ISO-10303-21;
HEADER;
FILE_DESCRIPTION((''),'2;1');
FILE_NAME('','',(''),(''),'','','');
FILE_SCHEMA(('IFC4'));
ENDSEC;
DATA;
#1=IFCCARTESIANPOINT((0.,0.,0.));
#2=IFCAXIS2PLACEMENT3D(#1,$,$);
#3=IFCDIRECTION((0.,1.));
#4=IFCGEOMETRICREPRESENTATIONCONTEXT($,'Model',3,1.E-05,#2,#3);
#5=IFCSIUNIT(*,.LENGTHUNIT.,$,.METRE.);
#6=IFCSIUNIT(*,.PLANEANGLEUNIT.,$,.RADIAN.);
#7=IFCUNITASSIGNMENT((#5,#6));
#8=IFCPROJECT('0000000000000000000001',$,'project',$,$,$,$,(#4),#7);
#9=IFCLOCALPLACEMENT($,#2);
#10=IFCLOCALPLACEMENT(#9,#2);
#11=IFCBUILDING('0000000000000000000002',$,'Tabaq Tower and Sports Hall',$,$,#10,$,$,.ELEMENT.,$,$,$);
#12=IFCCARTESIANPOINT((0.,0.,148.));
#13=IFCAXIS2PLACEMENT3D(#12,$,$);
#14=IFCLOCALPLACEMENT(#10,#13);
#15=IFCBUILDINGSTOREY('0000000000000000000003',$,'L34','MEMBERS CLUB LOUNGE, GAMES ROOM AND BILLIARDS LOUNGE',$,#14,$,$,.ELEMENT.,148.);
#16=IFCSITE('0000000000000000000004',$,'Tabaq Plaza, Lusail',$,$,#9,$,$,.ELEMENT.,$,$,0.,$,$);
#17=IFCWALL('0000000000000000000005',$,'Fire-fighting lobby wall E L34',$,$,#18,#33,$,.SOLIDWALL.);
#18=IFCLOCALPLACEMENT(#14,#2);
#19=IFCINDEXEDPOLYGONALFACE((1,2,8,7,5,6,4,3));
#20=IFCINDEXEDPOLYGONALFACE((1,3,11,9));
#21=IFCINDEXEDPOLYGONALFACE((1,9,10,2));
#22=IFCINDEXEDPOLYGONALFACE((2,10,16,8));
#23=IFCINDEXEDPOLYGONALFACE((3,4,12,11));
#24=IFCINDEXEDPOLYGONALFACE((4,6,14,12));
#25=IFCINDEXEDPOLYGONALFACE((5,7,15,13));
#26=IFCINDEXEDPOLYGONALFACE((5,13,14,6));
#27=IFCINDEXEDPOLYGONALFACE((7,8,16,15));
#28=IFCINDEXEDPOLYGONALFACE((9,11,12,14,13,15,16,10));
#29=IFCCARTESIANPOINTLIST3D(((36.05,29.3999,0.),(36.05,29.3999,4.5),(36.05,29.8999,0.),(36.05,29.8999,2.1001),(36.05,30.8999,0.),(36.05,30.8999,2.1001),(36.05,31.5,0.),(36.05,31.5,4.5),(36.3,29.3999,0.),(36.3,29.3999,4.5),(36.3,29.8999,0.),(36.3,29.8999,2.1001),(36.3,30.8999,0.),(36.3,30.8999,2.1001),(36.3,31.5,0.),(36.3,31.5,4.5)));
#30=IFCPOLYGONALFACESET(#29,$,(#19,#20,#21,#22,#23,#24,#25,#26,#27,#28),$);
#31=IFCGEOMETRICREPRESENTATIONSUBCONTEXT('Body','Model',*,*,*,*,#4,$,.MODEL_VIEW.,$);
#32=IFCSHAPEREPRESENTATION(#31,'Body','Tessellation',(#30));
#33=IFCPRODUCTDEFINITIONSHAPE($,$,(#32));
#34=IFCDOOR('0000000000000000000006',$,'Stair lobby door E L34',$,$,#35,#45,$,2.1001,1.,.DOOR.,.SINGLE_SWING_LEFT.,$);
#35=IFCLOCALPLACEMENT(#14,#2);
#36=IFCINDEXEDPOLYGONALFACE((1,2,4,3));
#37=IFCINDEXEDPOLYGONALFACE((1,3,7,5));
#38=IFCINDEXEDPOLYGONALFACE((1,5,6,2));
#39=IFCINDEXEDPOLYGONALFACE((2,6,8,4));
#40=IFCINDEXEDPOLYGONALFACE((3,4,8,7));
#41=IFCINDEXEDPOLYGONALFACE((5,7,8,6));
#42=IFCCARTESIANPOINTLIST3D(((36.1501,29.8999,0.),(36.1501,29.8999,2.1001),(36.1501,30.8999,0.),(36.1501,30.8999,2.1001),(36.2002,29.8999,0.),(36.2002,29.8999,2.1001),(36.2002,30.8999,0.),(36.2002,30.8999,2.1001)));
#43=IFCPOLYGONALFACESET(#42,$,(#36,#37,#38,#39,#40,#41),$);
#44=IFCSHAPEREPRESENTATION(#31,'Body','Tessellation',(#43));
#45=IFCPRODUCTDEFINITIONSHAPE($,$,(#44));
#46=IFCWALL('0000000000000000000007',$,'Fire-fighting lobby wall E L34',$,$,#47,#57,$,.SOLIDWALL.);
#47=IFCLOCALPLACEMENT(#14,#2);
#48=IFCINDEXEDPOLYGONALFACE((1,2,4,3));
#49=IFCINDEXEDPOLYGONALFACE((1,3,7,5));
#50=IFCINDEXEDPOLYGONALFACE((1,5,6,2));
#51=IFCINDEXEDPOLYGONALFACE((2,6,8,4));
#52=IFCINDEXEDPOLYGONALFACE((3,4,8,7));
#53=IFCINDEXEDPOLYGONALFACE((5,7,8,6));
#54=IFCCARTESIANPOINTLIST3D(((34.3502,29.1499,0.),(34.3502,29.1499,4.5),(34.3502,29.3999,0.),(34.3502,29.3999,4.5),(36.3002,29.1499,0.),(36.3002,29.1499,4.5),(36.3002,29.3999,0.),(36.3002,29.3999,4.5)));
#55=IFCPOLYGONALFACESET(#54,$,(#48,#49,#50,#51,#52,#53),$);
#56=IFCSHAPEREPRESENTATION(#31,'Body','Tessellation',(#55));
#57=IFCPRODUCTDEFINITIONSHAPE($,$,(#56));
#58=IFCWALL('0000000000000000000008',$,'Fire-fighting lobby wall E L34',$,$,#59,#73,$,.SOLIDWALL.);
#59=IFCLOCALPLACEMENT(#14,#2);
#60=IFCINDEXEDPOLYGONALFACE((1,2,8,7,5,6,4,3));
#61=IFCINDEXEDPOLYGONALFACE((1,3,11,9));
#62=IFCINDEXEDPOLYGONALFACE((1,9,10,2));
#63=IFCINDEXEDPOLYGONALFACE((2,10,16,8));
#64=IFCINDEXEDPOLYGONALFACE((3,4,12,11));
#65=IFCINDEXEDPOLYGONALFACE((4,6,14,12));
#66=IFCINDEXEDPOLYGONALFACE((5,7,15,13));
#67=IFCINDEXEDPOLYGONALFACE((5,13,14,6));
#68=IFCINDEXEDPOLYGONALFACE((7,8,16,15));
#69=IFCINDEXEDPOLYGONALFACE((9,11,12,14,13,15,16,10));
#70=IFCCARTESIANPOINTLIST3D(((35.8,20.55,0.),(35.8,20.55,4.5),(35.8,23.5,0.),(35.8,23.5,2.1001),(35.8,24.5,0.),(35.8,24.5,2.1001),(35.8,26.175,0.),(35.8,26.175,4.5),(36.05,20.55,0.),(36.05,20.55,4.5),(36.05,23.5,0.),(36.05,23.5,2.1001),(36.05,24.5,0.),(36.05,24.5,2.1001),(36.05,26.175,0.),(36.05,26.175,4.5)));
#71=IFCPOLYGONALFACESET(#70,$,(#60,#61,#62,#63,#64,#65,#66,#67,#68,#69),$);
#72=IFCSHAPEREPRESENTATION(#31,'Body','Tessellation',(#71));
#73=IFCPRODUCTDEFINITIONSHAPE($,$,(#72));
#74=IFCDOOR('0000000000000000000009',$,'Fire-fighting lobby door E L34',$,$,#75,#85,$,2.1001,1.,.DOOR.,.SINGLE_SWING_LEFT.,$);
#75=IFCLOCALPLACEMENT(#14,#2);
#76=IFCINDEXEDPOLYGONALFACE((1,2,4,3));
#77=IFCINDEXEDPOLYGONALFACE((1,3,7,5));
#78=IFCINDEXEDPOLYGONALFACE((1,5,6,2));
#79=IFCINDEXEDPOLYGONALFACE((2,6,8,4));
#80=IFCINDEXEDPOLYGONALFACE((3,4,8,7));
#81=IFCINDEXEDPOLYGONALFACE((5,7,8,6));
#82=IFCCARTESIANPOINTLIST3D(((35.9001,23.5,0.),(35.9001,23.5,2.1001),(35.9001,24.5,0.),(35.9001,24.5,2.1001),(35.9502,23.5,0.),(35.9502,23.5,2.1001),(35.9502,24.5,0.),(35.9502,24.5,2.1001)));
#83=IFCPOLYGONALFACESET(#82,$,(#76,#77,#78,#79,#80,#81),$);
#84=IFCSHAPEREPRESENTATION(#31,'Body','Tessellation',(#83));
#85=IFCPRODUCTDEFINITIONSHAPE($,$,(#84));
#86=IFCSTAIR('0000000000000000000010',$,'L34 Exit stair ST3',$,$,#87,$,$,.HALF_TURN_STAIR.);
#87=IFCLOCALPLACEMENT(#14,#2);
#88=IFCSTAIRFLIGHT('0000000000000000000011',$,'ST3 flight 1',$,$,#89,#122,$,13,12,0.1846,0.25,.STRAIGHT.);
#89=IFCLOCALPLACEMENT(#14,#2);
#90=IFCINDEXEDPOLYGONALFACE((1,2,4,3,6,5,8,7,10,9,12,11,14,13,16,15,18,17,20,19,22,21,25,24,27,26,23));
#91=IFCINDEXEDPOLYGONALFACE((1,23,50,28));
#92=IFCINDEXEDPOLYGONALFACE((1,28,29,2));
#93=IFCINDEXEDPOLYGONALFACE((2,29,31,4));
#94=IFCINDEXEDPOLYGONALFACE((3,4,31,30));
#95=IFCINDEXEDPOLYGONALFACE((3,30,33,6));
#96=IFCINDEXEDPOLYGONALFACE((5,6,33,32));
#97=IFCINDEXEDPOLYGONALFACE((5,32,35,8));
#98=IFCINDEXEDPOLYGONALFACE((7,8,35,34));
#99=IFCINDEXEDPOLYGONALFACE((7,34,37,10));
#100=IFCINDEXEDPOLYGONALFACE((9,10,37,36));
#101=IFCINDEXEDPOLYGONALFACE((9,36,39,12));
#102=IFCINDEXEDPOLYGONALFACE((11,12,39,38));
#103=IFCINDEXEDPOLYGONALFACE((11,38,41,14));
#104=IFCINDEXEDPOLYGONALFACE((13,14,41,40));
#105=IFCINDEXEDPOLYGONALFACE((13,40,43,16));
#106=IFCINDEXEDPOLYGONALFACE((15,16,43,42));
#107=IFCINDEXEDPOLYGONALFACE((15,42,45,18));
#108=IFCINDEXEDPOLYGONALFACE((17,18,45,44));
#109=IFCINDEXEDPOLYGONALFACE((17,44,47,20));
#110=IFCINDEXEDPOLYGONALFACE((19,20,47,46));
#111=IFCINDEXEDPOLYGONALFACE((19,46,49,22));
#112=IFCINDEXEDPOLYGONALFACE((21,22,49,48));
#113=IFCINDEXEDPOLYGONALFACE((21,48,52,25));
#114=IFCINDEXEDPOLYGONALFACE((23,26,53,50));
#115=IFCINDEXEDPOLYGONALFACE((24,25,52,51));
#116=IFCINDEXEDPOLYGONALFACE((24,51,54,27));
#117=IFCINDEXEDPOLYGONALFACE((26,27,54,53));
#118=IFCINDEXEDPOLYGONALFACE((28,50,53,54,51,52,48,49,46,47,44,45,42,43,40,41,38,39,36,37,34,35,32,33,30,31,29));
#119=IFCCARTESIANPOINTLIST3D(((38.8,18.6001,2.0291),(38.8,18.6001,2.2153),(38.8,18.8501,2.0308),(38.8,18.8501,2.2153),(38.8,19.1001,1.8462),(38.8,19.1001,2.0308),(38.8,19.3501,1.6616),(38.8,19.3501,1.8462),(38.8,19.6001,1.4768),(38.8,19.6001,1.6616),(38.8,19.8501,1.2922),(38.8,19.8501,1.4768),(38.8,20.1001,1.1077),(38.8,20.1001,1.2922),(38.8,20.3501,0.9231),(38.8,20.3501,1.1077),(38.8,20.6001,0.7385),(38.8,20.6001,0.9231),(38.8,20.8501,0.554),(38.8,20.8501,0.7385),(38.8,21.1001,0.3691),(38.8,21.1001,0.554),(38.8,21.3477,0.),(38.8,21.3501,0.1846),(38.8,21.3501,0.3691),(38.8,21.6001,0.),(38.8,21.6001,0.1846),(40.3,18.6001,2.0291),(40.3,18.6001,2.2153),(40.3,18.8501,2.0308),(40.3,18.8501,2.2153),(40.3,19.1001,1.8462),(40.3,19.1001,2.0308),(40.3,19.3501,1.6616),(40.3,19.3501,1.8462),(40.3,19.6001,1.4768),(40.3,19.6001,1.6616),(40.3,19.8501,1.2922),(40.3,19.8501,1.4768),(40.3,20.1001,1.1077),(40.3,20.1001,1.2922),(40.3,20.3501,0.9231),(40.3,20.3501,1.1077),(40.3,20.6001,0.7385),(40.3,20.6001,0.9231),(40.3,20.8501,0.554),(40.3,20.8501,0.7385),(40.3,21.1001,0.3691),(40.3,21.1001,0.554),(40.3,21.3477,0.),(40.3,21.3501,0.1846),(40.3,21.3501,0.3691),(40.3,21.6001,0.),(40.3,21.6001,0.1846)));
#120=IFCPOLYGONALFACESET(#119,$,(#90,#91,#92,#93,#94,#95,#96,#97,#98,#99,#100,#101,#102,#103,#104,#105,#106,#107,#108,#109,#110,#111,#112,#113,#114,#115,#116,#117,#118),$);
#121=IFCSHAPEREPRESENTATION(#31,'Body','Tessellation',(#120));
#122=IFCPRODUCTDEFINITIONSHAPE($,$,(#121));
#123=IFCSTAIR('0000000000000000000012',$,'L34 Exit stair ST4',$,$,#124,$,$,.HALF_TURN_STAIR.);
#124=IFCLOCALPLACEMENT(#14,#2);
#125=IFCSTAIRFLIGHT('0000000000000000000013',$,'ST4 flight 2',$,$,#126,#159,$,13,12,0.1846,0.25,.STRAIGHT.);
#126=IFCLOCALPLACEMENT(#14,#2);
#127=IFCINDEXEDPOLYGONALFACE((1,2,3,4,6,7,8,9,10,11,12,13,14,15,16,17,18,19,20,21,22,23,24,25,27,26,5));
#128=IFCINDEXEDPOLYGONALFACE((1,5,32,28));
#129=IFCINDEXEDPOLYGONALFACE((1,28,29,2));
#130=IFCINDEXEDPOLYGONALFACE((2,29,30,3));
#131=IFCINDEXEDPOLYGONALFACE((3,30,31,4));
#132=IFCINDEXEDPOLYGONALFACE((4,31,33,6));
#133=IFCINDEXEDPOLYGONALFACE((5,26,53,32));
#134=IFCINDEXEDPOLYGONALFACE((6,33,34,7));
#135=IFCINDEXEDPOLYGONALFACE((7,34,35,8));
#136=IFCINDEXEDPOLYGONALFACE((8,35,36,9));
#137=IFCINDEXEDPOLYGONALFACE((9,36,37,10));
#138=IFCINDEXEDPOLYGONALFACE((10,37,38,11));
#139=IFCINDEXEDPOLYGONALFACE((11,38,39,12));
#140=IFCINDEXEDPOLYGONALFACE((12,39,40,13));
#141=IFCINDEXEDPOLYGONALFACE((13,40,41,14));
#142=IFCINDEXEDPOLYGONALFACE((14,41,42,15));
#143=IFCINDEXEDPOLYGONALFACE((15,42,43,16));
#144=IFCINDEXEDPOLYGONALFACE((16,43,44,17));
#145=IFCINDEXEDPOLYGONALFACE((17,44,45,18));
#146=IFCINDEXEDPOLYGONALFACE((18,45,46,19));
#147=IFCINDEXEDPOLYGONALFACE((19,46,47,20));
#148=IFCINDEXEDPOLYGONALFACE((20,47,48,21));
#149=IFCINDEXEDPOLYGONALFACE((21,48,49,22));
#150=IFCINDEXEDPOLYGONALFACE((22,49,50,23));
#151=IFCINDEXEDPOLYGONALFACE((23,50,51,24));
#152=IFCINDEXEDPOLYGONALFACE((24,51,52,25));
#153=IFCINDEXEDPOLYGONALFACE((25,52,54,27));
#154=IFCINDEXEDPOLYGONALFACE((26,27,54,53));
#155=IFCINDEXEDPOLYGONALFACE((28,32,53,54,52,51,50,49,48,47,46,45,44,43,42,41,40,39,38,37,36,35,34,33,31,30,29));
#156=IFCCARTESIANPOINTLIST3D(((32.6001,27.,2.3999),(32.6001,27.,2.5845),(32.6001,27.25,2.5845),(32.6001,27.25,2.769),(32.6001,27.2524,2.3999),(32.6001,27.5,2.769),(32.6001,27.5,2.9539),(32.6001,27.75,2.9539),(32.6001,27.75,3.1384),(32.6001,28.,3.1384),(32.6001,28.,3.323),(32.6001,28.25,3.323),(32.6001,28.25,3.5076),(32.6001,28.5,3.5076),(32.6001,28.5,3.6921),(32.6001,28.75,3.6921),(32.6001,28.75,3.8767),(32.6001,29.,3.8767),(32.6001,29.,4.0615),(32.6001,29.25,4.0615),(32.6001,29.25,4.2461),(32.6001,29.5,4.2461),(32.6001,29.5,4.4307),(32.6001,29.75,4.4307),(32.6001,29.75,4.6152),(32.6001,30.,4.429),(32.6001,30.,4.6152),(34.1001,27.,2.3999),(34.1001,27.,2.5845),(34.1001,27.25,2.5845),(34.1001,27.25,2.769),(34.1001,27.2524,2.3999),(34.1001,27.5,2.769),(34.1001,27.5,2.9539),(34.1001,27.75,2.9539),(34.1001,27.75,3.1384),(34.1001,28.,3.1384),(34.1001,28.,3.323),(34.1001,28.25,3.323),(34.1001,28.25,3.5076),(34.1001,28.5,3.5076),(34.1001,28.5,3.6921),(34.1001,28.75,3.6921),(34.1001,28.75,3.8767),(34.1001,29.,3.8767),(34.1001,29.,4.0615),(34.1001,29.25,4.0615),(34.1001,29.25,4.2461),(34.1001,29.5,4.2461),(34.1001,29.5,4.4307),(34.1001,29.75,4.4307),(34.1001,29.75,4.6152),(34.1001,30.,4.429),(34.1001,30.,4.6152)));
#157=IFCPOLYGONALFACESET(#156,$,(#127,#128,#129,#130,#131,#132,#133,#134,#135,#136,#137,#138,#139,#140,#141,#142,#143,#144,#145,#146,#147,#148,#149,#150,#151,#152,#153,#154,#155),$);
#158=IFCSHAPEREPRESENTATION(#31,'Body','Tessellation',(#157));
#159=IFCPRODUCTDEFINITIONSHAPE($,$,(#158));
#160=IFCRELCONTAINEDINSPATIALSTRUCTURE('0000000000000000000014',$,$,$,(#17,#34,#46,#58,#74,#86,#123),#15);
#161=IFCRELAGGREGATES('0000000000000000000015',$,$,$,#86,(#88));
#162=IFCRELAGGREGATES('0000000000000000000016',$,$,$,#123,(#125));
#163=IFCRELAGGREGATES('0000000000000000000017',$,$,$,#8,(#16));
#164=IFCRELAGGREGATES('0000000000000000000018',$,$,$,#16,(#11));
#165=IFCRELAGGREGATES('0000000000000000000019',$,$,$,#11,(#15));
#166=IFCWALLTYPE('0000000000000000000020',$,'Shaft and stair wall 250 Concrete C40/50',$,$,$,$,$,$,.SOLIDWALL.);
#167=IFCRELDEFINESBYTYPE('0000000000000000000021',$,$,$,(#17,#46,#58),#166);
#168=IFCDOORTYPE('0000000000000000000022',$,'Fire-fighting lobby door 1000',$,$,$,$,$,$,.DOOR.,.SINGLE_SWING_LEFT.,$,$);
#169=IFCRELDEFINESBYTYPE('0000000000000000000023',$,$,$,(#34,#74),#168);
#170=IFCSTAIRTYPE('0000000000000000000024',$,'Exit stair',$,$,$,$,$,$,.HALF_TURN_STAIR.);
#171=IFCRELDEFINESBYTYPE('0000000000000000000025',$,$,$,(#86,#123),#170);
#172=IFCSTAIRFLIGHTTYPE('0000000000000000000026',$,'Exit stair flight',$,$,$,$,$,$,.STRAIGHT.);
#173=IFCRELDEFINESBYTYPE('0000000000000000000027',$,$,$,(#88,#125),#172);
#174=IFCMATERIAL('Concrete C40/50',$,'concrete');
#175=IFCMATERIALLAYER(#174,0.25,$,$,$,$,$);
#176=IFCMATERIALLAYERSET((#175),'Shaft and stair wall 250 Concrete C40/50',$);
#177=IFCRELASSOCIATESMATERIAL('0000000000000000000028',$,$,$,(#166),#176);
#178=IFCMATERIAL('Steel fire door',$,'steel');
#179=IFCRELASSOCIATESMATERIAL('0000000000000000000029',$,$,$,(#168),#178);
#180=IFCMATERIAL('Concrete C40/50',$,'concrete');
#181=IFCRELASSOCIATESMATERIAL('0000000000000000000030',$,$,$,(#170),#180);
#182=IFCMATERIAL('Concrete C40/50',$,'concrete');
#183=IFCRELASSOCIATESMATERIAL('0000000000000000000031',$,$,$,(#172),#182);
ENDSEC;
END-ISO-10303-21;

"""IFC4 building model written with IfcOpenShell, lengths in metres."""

from ifc_helpers import new_model, si_unit, direction, frame, frame_2d, origin, place, context, subcontext, project, spatial, polyline, rectangle, outline, extrude, material, layer, layer_set, type_object, element, fill, aggregate, save


model = new_model("IFC4")

# Units and contexts
model_context = context("Model", 3, precision=1e-05, world=origin(), true_north=direction((0.0, 1.0)))
body_context = subcontext(model_context, "Body", "Model", "MODEL_VIEW")
ifc_project = project(units=[si_unit("LENGTHUNIT", "METRE"), si_unit("PLANEANGLEUNIT", "RADIAN")], contexts=[model_context])

# Site, building, storey
site_placement = place(None, origin())
site = spatial("IfcSite", under=ifc_project, at=site_placement, Name="Tabaq Plaza, Lusail", CompositionType="ELEMENT", RefElevation=0.0)
building_placement = place(site_placement, origin())
building = spatial("IfcBuilding", under=site, at=building_placement, Name="Tabaq Tower and Sports Hall", CompositionType="ELEMENT")
storey_placement = place(building_placement, frame((0.0, 0.0, 148.0)))
storey = spatial("IfcBuildingStorey", under=building, at=storey_placement, Name="L34", Description="MEMBERS CLUB LOUNGE, GAMES ROOM AND BILLIARDS LOUNGE", CompositionType="ELEMENT", Elevation=148.0)

# Shared definitions
ifc_material_1 = material(Name="Concrete C40/50", Category="concrete")
ifc_layer_1 = layer(ifc_material_1, 0.25)
ifc_layer_set_1 = layer_set([ifc_layer_1], Name="Shaft and stair wall 250 Concrete C40/50")
wall_type_1 = type_object("IfcWallType", Name="Shaft and stair wall 250 Concrete C40/50", PredefinedType="SOLIDWALL", material=ifc_layer_set_1)

# Wall, opening, door
wall_1_placement = place(storey_placement, frame((36.175, 29.3999, 0.0), z_axis=(0.0, 0.0, 1.0), x_axis=(0.0, 1.0, 0.0)))
wall_1 = element("IfcWall", 1, at=wall_1_placement, inside=storey, type_object=wall_type_1, Name="Fire-fighting lobby wall E L34", PredefinedType="SOLIDWALL", context=body_context, shape_type="SweptSolid", body=[
    extrude(rectangle(XDim=2.1001, YDim=0.25, at=frame_2d((1.05, 0.0))), origin(), (0.0, 0.0, 1.0), 4.5),
])
opening_1_placement = place(wall_1_placement, frame((0.5, 0.0, 0.0)))
opening_1 = element("IfcOpeningElement", 2, at=opening_1_placement, cuts=wall_1, PredefinedType="OPENING", context=body_context, shape_type="SweptSolid", body=[
    extrude(rectangle(XDim=1.0, YDim=2.1001, at=frame_2d((0.5, 1.05))), frame((0.0, 0.125, 0.0), z_axis=(0.0, -1.0, 0.0), x_axis=(1.0, 0.0, 0.0)), (0.0, 0.0, 1.0), 0.25),
])
ifc_material_2 = material(Name="Steel fire door", Category="steel")
door_type_1 = type_object("IfcDoorType", Name="Fire-fighting lobby door 1000", OperationType="SINGLE_SWING_LEFT", PredefinedType="DOOR", material=ifc_material_2)
door_1_placement = place(opening_1_placement, origin())
door_1 = element("IfcDoor", 3, at=door_1_placement, inside=storey, type_object=door_type_1, Name="Stair lobby door E L34", OperationType="SINGLE_SWING_LEFT", OverallHeight=2.1001, OverallWidth=1.0, PredefinedType="DOOR", context=body_context, shape_type="SweptSolid", body=[
    extrude(rectangle(XDim=1.0, YDim=2.1001, at=frame_2d((0.5, 1.05))), frame((0.0, 0.0249, 0.0), z_axis=(0.0, -1.0, 0.0), x_axis=(1.0, 0.0, 0.0)), (0.0, 0.0, 1.0), 0.05),
])
fill(opening_1, door_1)

# Wall
wall_2_placement = place(storey_placement, frame((34.3501, 29.2749, 0.0), z_axis=(0.0, 0.0, 1.0), x_axis=(1.0, 0.0, 0.0)))
element("IfcWall", 4, at=wall_2_placement, inside=storey, type_object=wall_type_1, Name="Fire-fighting lobby wall E L34", PredefinedType="SOLIDWALL", context=body_context, shape_type="SweptSolid", body=[
    extrude(rectangle(XDim=1.95, YDim=0.25, at=frame_2d((0.9751, 0.0))), origin(), (0.0, 0.0, 1.0), 4.5),
])

# Wall, opening, door
wall_3_placement = place(storey_placement, frame((35.925, 20.55, 0.0), z_axis=(0.0, 0.0, 1.0), x_axis=(0.0, 1.0, 0.0)))
wall_3 = element("IfcWall", 5, at=wall_3_placement, inside=storey, type_object=wall_type_1, Name="Fire-fighting lobby wall E L34", PredefinedType="SOLIDWALL", context=body_context, shape_type="SweptSolid", body=[
    extrude(rectangle(XDim=5.625, YDim=0.25, at=frame_2d((2.8125, 0.0))), origin(), (0.0, 0.0, 1.0), 4.5),
])
opening_2_placement = place(wall_3_placement, frame((2.95, 0.0, 0.0)))
opening_2 = element("IfcOpeningElement", 6, at=opening_2_placement, cuts=wall_3, PredefinedType="OPENING", context=body_context, shape_type="SweptSolid", body=[
    extrude(rectangle(XDim=1.0, YDim=2.1001, at=frame_2d((0.5, 1.05))), frame((0.0, 0.125, 0.0), z_axis=(0.0, -1.0, 0.0), x_axis=(1.0, 0.0, 0.0)), (0.0, 0.0, 1.0), 0.25),
])
door_2_placement = place(opening_2_placement, origin())
door_2 = element("IfcDoor", 7, at=door_2_placement, inside=storey, type_object=door_type_1, Name="Fire-fighting lobby door E L34", OperationType="SINGLE_SWING_LEFT", OverallHeight=2.1001, OverallWidth=1.0, PredefinedType="DOOR", context=body_context, shape_type="SweptSolid", body=[
    extrude(rectangle(XDim=1.0, YDim=2.1001, at=frame_2d((0.5, 1.05))), frame((0.0, 0.0249, 0.0), z_axis=(0.0, -1.0, 0.0), x_axis=(1.0, 0.0, 0.0)), (0.0, 0.0, 1.0), 0.05),
])
fill(opening_2, door_2)

# Stairs, stair flights
ifc_material_3 = material(Name="Concrete C40/50", Category="concrete")
stair_type = type_object("IfcStairType", Name="Exit stair", PredefinedType="HALF_TURN_STAIR", material=ifc_material_3)
stair_1_placement = place(storey_placement, origin())
stair_1 = element("IfcStair", 8, at=stair_1_placement, inside=storey, type_object=stair_type, Name="L34 Exit stair ST3", PredefinedType="HALF_TURN_STAIR")
ifc_material_4 = material(Name="Concrete C40/50", Category="concrete")
stair_flight_type = type_object("IfcStairFlightType", Name="Exit stair flight", PredefinedType="STRAIGHT", material=ifc_material_4)
stair_flight_1_placement = place(storey_placement, frame((39.55, 21.6001, 0.0), z_axis=(0.0, 0.0, 1.0), x_axis=(0.0, -1.0, 0.0)))
stair_flight_1 = element("IfcStairFlight", 9, at=stair_flight_1_placement, type_object=stair_flight_type, Name="ST3 flight 1", NumberOfRisers=13, NumberOfTreads=12, PredefinedType="STRAIGHT", RiserHeight=0.1846, TreadLength=0.25, context=body_context, shape_type="SweptSolid", body=[
    extrude(outline(polyline([(0.0, 0.0), (0.0, 0.1846), (0.25, 0.1846), (0.25, 0.3691), (0.5, 0.3691), (0.5, 0.554), (0.75, 0.554), (0.75, 0.7385), (1.0, 0.7385), (1.0, 0.9231), (1.25, 0.9231), (1.25, 1.1077), (1.5, 1.1077), (1.5, 1.2922), (1.75, 1.2922), (1.75, 1.4768), (2.0, 1.4768), (2.0, 1.6616), (2.25, 1.6616), (2.25, 1.8462), (2.5, 1.8462), (2.5, 2.0308), (2.75, 2.0308), (2.75, 2.2153), (3.0, 2.2153), (3.0, 2.3999), (3.0, 2.0291), (0.2524, 0.0), (0.0, 0.0)])), frame((0.0, 0.75, 0.0), z_axis=(0.0, -1.0, 0.0), x_axis=(1.0, 0.0, 0.0)), (0.0, 0.0, 1.0), 1.5),
])
aggregate(stair_1, [stair_flight_1])
stair_2_placement = place(storey_placement, origin())
stair_2 = element("IfcStair", 10, at=stair_2_placement, inside=storey, type_object=stair_type, Name="L34 Exit stair ST4", PredefinedType="HALF_TURN_STAIR")
stair_flight_2_placement = place(storey_placement, frame((33.3501, 27.0, 2.3999), z_axis=(0.0, 0.0, 1.0), x_axis=(0.0, 1.0, 0.0)))
stair_flight_2 = element("IfcStairFlight", 11, at=stair_flight_2_placement, type_object=stair_flight_type, Name="ST4 flight 2", NumberOfRisers=13, NumberOfTreads=12, PredefinedType="STRAIGHT", RiserHeight=0.1846, TreadLength=0.25, context=body_context, shape_type="SweptSolid", body=[
    extrude(outline(polyline([(0.0, 0.0), (0.0, 0.1846), (0.25, 0.1846), (0.25, 0.3691), (0.5, 0.3691), (0.5, 0.554), (0.75, 0.554), (0.75, 0.7385), (1.0, 0.7385), (1.0, 0.9231), (1.25, 0.9231), (1.25, 1.1077), (1.5, 1.1077), (1.5, 1.2922), (1.75, 1.2922), (1.75, 1.4768), (2.0, 1.4768), (2.0, 1.6616), (2.25, 1.6616), (2.25, 1.8462), (2.5, 1.8462), (2.5, 2.0308), (2.75, 2.0308), (2.75, 2.2153), (3.0, 2.2153), (3.0, 2.3999), (3.0, 2.0291), (0.2524, 0.0), (0.0, 0.0)])), frame((0.0, 0.75, 0.0), z_axis=(0.0, -1.0, 0.0), x_axis=(1.0, 0.0, 0.0)), (0.0, 0.0, 1.0), 1.5),
])
aggregate(stair_2, [stair_flight_2])

save(model, "model.ifc")
